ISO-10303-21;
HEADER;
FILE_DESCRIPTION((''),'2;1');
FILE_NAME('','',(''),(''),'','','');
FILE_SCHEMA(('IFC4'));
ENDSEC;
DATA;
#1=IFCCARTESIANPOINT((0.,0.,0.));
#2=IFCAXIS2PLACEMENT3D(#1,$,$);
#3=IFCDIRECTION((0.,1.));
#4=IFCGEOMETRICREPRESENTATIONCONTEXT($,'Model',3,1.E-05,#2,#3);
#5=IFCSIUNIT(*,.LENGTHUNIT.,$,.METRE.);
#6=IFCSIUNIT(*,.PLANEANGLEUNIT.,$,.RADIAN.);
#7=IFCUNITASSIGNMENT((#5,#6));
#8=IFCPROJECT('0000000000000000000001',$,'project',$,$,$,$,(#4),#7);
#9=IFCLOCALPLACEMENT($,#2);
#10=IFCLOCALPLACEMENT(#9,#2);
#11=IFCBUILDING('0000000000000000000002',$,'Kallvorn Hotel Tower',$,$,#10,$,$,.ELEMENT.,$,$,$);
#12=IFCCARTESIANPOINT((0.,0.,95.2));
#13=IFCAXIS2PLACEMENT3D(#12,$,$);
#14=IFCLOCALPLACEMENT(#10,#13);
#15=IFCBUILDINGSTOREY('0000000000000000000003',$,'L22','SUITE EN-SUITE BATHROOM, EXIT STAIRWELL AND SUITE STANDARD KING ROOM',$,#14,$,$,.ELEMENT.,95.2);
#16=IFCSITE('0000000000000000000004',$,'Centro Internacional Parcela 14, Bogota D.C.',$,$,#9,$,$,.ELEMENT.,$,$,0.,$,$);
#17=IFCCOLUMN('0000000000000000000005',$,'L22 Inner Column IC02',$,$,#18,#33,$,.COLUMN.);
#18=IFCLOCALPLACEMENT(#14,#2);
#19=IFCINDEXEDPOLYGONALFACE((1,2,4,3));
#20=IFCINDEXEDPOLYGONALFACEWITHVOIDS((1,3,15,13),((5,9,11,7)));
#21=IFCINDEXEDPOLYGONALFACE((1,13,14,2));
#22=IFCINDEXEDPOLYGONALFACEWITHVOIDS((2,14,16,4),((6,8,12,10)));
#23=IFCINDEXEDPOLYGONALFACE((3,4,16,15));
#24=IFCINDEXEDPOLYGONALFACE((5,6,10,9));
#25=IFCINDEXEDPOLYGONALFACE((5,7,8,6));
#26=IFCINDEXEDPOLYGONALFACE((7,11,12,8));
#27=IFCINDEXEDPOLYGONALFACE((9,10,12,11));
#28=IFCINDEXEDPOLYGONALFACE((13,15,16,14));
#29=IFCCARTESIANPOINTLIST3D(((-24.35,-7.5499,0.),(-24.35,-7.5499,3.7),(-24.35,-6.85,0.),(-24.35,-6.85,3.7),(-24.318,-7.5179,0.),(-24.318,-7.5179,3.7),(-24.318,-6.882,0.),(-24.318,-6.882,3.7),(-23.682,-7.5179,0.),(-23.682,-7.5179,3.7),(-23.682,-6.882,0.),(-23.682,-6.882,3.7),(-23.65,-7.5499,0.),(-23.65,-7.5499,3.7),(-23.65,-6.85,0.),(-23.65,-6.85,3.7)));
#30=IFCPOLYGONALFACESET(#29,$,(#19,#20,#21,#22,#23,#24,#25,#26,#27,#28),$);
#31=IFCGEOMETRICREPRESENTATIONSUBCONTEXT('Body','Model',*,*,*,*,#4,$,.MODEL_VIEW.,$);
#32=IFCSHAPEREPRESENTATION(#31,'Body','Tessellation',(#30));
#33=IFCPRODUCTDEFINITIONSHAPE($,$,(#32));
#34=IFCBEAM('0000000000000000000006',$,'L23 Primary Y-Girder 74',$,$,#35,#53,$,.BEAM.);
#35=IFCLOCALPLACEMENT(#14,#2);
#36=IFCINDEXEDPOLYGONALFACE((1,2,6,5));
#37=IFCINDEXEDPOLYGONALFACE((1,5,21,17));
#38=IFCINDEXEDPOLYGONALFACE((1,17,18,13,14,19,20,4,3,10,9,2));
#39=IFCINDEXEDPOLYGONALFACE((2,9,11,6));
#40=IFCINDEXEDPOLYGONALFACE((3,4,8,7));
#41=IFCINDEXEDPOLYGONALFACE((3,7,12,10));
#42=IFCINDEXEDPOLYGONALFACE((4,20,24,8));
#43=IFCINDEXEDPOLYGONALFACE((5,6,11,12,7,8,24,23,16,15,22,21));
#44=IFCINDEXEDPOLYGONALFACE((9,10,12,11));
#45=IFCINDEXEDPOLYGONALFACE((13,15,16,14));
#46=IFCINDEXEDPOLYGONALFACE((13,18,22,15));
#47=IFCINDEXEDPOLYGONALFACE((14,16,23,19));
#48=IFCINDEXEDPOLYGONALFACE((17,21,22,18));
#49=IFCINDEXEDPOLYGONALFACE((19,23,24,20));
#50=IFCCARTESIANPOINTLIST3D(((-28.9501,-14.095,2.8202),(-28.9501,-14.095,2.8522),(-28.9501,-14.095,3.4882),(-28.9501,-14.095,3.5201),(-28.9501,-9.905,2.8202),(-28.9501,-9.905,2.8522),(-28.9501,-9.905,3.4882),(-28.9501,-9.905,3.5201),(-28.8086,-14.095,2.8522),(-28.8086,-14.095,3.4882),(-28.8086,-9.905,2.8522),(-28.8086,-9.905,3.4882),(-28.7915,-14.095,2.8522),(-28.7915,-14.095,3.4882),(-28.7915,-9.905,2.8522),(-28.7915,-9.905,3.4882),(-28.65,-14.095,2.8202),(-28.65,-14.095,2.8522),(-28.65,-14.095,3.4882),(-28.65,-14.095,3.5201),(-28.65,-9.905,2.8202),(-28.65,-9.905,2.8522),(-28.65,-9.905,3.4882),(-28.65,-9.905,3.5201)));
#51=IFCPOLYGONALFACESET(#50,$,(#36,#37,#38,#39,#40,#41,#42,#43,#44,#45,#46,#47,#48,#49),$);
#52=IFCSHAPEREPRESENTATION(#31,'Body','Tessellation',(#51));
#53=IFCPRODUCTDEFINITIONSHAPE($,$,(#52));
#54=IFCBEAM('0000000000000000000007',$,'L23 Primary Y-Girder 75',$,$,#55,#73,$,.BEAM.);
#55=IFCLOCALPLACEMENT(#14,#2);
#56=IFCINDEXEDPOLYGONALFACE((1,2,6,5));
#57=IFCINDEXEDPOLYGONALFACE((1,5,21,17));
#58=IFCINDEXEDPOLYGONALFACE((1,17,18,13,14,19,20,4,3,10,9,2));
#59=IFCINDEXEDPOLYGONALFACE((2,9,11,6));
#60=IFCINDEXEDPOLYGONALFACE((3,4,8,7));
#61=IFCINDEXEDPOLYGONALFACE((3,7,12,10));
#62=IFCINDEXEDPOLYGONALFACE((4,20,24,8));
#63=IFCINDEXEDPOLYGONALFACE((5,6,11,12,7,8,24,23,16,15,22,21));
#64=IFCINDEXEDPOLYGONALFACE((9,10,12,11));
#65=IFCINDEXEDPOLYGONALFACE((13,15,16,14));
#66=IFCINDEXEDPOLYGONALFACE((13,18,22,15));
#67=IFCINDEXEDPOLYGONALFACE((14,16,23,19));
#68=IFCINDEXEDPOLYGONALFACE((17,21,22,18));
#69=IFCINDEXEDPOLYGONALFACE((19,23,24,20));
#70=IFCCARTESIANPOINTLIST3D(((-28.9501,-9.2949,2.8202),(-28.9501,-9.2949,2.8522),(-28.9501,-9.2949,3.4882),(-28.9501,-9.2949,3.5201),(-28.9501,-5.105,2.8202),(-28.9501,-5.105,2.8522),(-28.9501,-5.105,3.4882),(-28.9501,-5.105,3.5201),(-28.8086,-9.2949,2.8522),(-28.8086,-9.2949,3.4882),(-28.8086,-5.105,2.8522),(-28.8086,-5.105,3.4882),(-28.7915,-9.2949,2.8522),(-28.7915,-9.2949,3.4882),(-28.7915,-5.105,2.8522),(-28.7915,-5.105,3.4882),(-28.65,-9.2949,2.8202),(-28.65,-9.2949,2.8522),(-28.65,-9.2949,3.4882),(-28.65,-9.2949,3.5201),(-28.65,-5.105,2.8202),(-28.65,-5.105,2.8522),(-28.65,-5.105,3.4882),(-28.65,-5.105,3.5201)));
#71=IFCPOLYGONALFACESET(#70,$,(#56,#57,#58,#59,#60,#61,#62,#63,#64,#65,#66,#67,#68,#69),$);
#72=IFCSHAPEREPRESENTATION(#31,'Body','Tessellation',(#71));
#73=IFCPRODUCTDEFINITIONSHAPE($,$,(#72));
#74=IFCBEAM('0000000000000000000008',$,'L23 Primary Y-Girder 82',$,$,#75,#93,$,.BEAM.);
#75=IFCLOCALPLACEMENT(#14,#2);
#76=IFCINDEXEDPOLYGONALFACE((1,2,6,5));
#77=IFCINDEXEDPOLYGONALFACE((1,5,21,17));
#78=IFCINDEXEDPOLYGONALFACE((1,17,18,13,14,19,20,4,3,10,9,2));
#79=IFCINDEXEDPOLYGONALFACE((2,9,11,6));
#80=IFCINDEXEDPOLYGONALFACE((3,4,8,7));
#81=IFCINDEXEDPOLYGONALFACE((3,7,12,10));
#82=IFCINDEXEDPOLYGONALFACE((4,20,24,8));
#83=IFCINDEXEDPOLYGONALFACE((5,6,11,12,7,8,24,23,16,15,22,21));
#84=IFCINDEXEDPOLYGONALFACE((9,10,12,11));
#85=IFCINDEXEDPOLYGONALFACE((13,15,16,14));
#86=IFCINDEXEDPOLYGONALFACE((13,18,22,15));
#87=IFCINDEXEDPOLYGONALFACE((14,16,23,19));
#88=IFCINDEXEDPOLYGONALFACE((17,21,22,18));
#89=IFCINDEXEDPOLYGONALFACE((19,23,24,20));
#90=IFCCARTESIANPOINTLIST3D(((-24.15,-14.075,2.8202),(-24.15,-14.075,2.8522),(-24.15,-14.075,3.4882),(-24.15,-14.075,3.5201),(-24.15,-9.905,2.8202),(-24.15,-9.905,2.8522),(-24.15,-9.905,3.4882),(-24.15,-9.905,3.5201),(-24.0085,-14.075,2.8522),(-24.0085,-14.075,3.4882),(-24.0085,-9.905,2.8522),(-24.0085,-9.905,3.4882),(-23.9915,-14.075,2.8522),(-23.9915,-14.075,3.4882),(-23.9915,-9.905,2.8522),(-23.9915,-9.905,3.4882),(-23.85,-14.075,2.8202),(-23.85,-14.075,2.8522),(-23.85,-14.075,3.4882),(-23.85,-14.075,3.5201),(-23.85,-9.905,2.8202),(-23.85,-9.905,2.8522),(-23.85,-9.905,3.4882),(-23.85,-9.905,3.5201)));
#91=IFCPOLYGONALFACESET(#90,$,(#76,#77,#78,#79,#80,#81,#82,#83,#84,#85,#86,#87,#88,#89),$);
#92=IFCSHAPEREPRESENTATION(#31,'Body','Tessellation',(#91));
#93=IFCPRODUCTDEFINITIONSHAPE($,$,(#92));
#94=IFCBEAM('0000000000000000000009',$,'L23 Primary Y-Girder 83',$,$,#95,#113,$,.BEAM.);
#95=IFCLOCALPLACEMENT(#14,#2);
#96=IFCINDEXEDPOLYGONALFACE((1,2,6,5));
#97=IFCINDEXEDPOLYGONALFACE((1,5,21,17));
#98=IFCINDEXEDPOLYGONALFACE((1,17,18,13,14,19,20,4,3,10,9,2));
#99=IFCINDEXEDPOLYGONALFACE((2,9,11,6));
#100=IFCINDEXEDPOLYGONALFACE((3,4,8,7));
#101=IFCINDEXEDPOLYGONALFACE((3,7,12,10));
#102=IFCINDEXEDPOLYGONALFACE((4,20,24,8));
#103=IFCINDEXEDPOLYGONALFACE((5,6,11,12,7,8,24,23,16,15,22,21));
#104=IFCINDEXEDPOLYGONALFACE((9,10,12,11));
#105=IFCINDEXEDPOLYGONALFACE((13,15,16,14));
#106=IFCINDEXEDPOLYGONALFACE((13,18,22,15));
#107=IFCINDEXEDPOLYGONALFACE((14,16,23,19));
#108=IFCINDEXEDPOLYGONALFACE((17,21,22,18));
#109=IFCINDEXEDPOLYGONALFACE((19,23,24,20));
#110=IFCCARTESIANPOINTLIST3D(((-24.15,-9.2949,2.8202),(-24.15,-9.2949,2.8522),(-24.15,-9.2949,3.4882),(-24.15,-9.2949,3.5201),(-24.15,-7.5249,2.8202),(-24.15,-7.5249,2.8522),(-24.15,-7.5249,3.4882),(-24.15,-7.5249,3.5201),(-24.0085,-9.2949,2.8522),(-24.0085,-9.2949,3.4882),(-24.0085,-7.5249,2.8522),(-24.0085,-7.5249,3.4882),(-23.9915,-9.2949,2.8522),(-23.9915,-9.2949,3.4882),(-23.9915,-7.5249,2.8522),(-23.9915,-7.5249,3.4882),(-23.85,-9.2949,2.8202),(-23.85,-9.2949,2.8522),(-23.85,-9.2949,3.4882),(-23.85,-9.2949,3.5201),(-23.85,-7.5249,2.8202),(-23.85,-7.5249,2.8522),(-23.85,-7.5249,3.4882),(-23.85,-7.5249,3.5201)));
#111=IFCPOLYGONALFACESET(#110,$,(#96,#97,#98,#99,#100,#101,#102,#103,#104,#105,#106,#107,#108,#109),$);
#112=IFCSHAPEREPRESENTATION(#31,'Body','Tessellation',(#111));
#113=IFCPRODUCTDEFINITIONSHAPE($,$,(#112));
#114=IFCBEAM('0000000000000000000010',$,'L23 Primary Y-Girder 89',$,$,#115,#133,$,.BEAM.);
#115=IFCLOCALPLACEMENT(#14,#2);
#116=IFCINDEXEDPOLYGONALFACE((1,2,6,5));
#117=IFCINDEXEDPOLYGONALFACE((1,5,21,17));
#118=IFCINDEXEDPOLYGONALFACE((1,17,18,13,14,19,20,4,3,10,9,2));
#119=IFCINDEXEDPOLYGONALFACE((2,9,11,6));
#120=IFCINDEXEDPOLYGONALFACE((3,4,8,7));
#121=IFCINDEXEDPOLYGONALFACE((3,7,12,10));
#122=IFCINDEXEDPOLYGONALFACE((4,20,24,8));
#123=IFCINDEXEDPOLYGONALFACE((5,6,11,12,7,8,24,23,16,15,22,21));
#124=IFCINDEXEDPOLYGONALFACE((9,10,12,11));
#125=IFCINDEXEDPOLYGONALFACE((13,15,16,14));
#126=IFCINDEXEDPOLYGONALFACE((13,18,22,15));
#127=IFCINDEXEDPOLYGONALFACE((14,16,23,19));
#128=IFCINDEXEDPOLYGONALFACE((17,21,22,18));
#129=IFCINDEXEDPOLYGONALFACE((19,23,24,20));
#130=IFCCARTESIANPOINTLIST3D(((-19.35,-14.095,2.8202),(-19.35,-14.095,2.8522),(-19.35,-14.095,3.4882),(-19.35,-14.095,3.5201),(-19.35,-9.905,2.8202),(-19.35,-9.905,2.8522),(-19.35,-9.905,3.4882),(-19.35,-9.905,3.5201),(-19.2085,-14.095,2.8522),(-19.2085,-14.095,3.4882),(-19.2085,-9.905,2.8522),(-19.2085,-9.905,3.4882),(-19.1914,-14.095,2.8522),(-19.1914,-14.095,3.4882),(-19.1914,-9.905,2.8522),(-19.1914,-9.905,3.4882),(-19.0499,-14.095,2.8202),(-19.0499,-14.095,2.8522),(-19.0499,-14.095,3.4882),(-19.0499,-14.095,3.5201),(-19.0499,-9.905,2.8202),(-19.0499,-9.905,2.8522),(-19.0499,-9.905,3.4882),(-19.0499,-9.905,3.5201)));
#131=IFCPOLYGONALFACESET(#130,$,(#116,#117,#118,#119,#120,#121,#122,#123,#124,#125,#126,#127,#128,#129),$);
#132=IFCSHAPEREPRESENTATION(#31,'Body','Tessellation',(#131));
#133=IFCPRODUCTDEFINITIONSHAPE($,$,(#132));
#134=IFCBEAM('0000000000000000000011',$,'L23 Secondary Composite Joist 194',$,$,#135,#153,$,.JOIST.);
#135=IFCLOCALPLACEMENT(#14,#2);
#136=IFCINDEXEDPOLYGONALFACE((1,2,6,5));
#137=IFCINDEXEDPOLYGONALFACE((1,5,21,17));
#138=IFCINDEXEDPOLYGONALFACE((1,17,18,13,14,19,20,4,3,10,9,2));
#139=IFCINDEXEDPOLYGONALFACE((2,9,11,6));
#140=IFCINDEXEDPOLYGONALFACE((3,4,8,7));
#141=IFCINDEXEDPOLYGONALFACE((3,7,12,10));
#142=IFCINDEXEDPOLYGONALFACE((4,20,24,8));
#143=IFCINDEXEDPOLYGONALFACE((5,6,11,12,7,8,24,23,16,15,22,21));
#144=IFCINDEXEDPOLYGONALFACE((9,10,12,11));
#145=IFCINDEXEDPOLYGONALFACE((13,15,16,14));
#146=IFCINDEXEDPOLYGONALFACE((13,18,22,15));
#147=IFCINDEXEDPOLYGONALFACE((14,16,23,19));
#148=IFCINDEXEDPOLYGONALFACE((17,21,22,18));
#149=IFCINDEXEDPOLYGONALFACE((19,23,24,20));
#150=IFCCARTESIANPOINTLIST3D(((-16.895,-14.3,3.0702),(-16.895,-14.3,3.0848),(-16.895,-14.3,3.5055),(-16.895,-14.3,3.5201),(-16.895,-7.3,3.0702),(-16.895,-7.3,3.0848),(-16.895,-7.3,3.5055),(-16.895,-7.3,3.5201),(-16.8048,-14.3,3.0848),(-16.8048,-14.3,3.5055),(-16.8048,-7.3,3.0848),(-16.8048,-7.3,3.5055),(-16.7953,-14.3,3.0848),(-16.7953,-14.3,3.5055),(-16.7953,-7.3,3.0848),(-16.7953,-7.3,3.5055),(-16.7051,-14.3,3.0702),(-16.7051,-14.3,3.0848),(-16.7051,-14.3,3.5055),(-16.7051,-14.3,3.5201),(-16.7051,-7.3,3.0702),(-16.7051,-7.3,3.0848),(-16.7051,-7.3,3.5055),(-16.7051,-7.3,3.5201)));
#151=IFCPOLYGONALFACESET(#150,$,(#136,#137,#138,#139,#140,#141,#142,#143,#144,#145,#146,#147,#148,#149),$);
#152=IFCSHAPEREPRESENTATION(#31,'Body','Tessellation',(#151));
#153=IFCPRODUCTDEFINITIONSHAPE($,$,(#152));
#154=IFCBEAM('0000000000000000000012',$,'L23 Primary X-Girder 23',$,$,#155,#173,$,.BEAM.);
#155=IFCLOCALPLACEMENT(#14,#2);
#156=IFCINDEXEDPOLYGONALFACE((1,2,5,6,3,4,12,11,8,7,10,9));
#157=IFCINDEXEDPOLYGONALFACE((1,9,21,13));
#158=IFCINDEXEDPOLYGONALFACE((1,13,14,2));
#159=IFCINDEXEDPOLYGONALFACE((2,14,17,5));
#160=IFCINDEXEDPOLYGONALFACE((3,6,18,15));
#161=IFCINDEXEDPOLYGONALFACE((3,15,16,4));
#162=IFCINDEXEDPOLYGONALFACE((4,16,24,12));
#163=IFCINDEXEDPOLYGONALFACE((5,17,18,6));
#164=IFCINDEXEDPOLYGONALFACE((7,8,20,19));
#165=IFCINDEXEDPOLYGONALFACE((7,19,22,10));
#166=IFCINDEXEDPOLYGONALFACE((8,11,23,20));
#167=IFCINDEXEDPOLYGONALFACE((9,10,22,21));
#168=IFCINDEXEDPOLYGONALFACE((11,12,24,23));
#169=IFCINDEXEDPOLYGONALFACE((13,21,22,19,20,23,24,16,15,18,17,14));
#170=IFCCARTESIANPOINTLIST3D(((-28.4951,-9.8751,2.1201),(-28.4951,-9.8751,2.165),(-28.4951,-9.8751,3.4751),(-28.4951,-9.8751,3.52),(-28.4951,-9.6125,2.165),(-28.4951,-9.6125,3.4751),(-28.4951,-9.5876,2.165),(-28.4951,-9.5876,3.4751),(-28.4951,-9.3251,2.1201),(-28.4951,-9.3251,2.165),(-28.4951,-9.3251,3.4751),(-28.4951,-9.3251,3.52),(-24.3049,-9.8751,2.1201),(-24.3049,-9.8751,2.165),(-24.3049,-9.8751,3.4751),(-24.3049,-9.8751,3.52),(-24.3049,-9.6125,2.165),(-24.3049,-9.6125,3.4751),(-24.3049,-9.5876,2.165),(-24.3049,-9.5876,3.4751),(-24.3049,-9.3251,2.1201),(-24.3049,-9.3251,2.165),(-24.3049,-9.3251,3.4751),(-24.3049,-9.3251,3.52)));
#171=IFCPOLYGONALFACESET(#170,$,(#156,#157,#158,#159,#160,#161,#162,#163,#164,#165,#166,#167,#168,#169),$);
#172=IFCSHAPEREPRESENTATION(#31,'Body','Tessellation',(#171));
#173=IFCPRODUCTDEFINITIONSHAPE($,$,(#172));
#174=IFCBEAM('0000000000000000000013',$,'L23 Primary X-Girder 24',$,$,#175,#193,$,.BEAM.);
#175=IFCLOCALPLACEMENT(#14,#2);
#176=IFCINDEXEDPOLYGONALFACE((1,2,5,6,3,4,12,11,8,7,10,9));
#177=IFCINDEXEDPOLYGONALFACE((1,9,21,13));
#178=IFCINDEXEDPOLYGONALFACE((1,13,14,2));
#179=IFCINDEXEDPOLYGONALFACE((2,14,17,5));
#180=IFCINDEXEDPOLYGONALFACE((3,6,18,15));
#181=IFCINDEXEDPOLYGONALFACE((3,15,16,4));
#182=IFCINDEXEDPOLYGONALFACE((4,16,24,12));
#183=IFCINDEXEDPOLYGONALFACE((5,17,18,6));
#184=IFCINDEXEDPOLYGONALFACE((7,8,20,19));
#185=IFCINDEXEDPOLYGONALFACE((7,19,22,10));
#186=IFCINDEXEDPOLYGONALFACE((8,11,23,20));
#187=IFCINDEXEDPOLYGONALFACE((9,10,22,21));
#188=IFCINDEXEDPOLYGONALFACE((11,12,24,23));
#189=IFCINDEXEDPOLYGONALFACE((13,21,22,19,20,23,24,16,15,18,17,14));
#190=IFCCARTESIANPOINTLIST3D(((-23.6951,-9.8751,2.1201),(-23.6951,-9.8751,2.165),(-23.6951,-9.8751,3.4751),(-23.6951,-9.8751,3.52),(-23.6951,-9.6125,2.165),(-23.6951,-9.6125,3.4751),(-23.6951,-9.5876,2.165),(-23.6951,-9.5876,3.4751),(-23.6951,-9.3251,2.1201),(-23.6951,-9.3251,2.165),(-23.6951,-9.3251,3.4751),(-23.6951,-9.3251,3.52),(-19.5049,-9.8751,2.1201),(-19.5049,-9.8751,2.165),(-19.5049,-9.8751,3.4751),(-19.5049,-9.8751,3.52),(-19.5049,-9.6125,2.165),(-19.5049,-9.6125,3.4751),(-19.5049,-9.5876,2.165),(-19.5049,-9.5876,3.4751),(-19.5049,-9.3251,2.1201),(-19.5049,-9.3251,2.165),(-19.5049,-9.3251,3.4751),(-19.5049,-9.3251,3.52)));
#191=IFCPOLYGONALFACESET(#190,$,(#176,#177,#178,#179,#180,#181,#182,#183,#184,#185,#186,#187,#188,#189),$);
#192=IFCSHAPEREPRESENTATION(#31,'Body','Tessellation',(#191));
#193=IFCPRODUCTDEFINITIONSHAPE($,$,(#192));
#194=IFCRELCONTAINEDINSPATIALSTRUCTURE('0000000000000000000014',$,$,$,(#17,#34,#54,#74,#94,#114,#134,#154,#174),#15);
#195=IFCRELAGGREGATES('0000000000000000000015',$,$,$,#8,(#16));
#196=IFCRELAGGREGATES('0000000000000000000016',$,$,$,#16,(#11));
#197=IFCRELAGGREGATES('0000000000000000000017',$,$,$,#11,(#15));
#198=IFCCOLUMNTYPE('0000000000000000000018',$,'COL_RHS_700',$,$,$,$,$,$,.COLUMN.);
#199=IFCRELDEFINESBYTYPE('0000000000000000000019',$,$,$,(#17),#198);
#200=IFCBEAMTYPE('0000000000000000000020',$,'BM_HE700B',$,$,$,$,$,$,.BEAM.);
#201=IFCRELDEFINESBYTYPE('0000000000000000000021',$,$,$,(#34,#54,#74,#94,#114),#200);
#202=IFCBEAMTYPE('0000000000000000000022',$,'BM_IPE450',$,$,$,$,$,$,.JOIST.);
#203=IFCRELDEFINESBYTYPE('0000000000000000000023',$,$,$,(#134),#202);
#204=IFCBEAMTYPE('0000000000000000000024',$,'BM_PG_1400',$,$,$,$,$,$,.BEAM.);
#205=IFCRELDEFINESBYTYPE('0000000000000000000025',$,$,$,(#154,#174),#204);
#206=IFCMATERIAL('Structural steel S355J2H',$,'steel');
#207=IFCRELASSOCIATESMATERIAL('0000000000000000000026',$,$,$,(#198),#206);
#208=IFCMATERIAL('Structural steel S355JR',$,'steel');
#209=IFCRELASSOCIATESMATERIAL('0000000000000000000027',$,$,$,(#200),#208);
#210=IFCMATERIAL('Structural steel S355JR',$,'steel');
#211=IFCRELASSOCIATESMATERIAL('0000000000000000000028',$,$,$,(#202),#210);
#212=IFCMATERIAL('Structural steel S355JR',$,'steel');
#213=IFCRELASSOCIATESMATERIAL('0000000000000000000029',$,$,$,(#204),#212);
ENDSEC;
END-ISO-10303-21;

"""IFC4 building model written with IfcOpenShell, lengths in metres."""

from ifc_helpers import new_model, si_unit, direction, frame, origin, origin_2d, place, context, subcontext, project, spatial, hollow_rectangle, i_section, extrude, material, material_profile, profile_set, type_object, element, save


model = new_model("IFC4")

# Units and contexts
model_context = context("Model", 3, precision=1e-05, world=origin(), true_north=direction((0.0, 1.0)))
body_context = subcontext(model_context, "Body", "Model", "MODEL_VIEW")
ifc_project = project(units=[si_unit("LENGTHUNIT", "METRE"), si_unit("PLANEANGLEUNIT", "RADIAN")], contexts=[model_context])

# Site, building, storey
site_placement = place(None, origin())
site = spatial("IfcSite", under=ifc_project, at=site_placement, Name="Centro Internacional Parcela 14, Bogota D.C.", CompositionType="ELEMENT", RefElevation=0.0)
building_placement = place(site_placement, origin())
building = spatial("IfcBuilding", under=site, at=building_placement, Name="Kallvorn Hotel Tower", CompositionType="ELEMENT")
storey_placement = place(building_placement, frame((0.0, 0.0, 95.2)))
storey = spatial("IfcBuildingStorey", under=building, at=storey_placement, Name="L22", Description="SUITE EN-SUITE BATHROOM, EXIT STAIRWELL AND SUITE STANDARD KING ROOM", CompositionType="ELEMENT", Elevation=95.2)

# Column
ifc_material_1 = material(Name="Structural steel S355J2H", Category="steel")
ifc_material_profile_1 = material_profile(ifc_material_1, hollow_rectangle(XDim=0.7, YDim=0.7, WallThickness=0.032, at=origin_2d()), Name="RHS 700x700x32")
ifc_profile_set_1 = profile_set([ifc_material_profile_1], Name="Structural steel S355J2H")
column_type_1 = type_object("IfcColumnType", Name="COL_RHS_700", PredefinedType="COLUMN", material=ifc_profile_set_1)
column_placement = place(storey_placement, frame((-24.0, -7.2, 0.0), z_axis=(0.0, 0.0, 1.0), x_axis=(1.0, 0.0, 0.0)))
element("IfcColumn", 1, at=column_placement, inside=storey, type_object=column_type_1, Name="L22 Inner Column IC02", PredefinedType="COLUMN", context=body_context, shape_type="SweptSolid", body=[
    extrude(hollow_rectangle(XDim=0.7, YDim=0.7, WallThickness=0.032, at=origin_2d()), origin(), (0.0, 0.0, 1.0), 3.7),
])

# Beams
ifc_material_2 = material(Name="Structural steel S355JR", Category="steel")
ifc_material_profile_2 = material_profile(ifc_material_2, i_section(OverallWidth=0.3, OverallDepth=0.7, WebThickness=0.0171, FlangeThickness=0.032, at=origin_2d()), Name="HE 700 B")
ifc_profile_set_2 = profile_set([ifc_material_profile_2], Name="Structural steel S355JR")
beam_type_1 = type_object("IfcBeamType", Name="BM_HE700B", PredefinedType="BEAM", material=ifc_profile_set_2)
for number, where, z_axis, x_axis, name in (
    (2, (-28.8, -14.095, 3.1702), (0.0, 1.0, 0.0), (-1.0, 0.0, 0.0), "L23 Primary Y-Girder 74"),
    (3, (-28.8, -9.2949, 3.1702), (0.0, 1.0, 0.0), (-1.0, 0.0, 0.0), "L23 Primary Y-Girder 75"),
):
    element("IfcBeam", number, at=place(storey_placement, frame(where, z_axis=z_axis, x_axis=x_axis)), inside=storey, type_object=beam_type_1, Name=name, PredefinedType="BEAM", context=body_context, shape_type="SweptSolid", body=[
        extrude(i_section(OverallWidth=0.3, OverallDepth=0.7, WebThickness=0.0171, FlangeThickness=0.032, at=origin_2d()), origin(), (0.0, 0.0, 1.0), 4.1899),
    ])
beam_1_placement = place(storey_placement, frame((-24.0, -14.075, 3.1702), z_axis=(0.0, 1.0, 0.0), x_axis=(-1.0, 0.0, 0.0)))
element("IfcBeam", 4, at=beam_1_placement, inside=storey, type_object=beam_type_1, Name="L23 Primary Y-Girder 82", PredefinedType="BEAM", context=body_context, shape_type="SweptSolid", body=[
    extrude(i_section(OverallWidth=0.3, OverallDepth=0.7, WebThickness=0.0171, FlangeThickness=0.032, at=origin_2d()), origin(), (0.0, 0.0, 1.0), 4.1699),
])
beam_2_placement = place(storey_placement, frame((-24.0, -9.2949, 3.1702), z_axis=(0.0, 1.0, 0.0), x_axis=(-1.0, 0.0, 0.0)))
element("IfcBeam", 5, at=beam_2_placement, inside=storey, type_object=beam_type_1, Name="L23 Primary Y-Girder 83", PredefinedType="BEAM", context=body_context, shape_type="SweptSolid", body=[
    extrude(i_section(OverallWidth=0.3, OverallDepth=0.7, WebThickness=0.0171, FlangeThickness=0.032, at=origin_2d()), origin(), (0.0, 0.0, 1.0), 1.77),
])
beam_3_placement = place(storey_placement, frame((-19.2, -14.095, 3.1702), z_axis=(0.0, 1.0, 0.0), x_axis=(-1.0, 0.0, 0.0)))
element("IfcBeam", 6, at=beam_3_placement, inside=storey, type_object=beam_type_1, Name="L23 Primary Y-Girder 89", PredefinedType="BEAM", context=body_context, shape_type="SweptSolid", body=[
    extrude(i_section(OverallWidth=0.3, OverallDepth=0.7, WebThickness=0.0171, FlangeThickness=0.032, at=origin_2d()), origin(), (0.0, 0.0, 1.0), 4.1899),
])
ifc_material_3 = material(Name="Structural steel S355JR", Category="steel")
ifc_material_profile_3 = material_profile(ifc_material_3, i_section(OverallWidth=0.1899, OverallDepth=0.45, WebThickness=0.0095, FlangeThickness=0.0146, at=origin_2d()), Name="IPE 450")
ifc_profile_set_3 = profile_set([ifc_material_profile_3], Name="Structural steel S355JR")
beam_type_2 = type_object("IfcBeamType", Name="BM_IPE450", PredefinedType="JOIST", material=ifc_profile_set_3)
beam_4_placement = place(storey_placement, frame((-16.8, -14.3, 3.2952), z_axis=(0.0, 1.0, 0.0), x_axis=(-1.0, 0.0, 0.0)))
element("IfcBeam", 7, at=beam_4_placement, inside=storey, type_object=beam_type_2, Name="L23 Secondary Composite Joist 194", PredefinedType="JOIST", context=body_context, shape_type="SweptSolid", body=[
    extrude(i_section(OverallWidth=0.1899, OverallDepth=0.45, WebThickness=0.0095, FlangeThickness=0.0146, at=origin_2d()), origin(), (0.0, 0.0, 1.0), 7.0),
])
ifc_material_4 = material(Name="Structural steel S355JR", Category="steel")
ifc_material_profile_4 = material_profile(ifc_material_4, i_section(OverallWidth=0.55, OverallDepth=1.3999, WebThickness=0.0249, FlangeThickness=0.0449, at=origin_2d()), Name="PG 1400x550x25x45")
ifc_profile_set_4 = profile_set([ifc_material_profile_4], Name="Structural steel S355JR")
beam_type_3 = type_object("IfcBeamType", Name="BM_PG_1400", PredefinedType="BEAM", material=ifc_profile_set_4)
for number, where, z_axis, x_axis, name in (
    (8, (-28.4951, -9.6001, 2.8201), (1.0, 0.0, 0.0), (0.0, 1.0, 0.0), "L23 Primary X-Girder 23"),
    (9, (-23.6951, -9.6001, 2.8201), (1.0, 0.0, 0.0), (0.0, 1.0, 0.0), "L23 Primary X-Girder 24"),
):
    element("IfcBeam", number, at=place(storey_placement, frame(where, z_axis=z_axis, x_axis=x_axis)), inside=storey, type_object=beam_type_3, Name=name, PredefinedType="BEAM", context=body_context, shape_type="SweptSolid", body=[
        extrude(i_section(OverallWidth=0.55, OverallDepth=1.3999, WebThickness=0.0249, FlangeThickness=0.0449, at=origin_2d()), origin(), (0.0, 0.0, 1.0), 4.1902),
    ])

save(model, "model.ifc")
